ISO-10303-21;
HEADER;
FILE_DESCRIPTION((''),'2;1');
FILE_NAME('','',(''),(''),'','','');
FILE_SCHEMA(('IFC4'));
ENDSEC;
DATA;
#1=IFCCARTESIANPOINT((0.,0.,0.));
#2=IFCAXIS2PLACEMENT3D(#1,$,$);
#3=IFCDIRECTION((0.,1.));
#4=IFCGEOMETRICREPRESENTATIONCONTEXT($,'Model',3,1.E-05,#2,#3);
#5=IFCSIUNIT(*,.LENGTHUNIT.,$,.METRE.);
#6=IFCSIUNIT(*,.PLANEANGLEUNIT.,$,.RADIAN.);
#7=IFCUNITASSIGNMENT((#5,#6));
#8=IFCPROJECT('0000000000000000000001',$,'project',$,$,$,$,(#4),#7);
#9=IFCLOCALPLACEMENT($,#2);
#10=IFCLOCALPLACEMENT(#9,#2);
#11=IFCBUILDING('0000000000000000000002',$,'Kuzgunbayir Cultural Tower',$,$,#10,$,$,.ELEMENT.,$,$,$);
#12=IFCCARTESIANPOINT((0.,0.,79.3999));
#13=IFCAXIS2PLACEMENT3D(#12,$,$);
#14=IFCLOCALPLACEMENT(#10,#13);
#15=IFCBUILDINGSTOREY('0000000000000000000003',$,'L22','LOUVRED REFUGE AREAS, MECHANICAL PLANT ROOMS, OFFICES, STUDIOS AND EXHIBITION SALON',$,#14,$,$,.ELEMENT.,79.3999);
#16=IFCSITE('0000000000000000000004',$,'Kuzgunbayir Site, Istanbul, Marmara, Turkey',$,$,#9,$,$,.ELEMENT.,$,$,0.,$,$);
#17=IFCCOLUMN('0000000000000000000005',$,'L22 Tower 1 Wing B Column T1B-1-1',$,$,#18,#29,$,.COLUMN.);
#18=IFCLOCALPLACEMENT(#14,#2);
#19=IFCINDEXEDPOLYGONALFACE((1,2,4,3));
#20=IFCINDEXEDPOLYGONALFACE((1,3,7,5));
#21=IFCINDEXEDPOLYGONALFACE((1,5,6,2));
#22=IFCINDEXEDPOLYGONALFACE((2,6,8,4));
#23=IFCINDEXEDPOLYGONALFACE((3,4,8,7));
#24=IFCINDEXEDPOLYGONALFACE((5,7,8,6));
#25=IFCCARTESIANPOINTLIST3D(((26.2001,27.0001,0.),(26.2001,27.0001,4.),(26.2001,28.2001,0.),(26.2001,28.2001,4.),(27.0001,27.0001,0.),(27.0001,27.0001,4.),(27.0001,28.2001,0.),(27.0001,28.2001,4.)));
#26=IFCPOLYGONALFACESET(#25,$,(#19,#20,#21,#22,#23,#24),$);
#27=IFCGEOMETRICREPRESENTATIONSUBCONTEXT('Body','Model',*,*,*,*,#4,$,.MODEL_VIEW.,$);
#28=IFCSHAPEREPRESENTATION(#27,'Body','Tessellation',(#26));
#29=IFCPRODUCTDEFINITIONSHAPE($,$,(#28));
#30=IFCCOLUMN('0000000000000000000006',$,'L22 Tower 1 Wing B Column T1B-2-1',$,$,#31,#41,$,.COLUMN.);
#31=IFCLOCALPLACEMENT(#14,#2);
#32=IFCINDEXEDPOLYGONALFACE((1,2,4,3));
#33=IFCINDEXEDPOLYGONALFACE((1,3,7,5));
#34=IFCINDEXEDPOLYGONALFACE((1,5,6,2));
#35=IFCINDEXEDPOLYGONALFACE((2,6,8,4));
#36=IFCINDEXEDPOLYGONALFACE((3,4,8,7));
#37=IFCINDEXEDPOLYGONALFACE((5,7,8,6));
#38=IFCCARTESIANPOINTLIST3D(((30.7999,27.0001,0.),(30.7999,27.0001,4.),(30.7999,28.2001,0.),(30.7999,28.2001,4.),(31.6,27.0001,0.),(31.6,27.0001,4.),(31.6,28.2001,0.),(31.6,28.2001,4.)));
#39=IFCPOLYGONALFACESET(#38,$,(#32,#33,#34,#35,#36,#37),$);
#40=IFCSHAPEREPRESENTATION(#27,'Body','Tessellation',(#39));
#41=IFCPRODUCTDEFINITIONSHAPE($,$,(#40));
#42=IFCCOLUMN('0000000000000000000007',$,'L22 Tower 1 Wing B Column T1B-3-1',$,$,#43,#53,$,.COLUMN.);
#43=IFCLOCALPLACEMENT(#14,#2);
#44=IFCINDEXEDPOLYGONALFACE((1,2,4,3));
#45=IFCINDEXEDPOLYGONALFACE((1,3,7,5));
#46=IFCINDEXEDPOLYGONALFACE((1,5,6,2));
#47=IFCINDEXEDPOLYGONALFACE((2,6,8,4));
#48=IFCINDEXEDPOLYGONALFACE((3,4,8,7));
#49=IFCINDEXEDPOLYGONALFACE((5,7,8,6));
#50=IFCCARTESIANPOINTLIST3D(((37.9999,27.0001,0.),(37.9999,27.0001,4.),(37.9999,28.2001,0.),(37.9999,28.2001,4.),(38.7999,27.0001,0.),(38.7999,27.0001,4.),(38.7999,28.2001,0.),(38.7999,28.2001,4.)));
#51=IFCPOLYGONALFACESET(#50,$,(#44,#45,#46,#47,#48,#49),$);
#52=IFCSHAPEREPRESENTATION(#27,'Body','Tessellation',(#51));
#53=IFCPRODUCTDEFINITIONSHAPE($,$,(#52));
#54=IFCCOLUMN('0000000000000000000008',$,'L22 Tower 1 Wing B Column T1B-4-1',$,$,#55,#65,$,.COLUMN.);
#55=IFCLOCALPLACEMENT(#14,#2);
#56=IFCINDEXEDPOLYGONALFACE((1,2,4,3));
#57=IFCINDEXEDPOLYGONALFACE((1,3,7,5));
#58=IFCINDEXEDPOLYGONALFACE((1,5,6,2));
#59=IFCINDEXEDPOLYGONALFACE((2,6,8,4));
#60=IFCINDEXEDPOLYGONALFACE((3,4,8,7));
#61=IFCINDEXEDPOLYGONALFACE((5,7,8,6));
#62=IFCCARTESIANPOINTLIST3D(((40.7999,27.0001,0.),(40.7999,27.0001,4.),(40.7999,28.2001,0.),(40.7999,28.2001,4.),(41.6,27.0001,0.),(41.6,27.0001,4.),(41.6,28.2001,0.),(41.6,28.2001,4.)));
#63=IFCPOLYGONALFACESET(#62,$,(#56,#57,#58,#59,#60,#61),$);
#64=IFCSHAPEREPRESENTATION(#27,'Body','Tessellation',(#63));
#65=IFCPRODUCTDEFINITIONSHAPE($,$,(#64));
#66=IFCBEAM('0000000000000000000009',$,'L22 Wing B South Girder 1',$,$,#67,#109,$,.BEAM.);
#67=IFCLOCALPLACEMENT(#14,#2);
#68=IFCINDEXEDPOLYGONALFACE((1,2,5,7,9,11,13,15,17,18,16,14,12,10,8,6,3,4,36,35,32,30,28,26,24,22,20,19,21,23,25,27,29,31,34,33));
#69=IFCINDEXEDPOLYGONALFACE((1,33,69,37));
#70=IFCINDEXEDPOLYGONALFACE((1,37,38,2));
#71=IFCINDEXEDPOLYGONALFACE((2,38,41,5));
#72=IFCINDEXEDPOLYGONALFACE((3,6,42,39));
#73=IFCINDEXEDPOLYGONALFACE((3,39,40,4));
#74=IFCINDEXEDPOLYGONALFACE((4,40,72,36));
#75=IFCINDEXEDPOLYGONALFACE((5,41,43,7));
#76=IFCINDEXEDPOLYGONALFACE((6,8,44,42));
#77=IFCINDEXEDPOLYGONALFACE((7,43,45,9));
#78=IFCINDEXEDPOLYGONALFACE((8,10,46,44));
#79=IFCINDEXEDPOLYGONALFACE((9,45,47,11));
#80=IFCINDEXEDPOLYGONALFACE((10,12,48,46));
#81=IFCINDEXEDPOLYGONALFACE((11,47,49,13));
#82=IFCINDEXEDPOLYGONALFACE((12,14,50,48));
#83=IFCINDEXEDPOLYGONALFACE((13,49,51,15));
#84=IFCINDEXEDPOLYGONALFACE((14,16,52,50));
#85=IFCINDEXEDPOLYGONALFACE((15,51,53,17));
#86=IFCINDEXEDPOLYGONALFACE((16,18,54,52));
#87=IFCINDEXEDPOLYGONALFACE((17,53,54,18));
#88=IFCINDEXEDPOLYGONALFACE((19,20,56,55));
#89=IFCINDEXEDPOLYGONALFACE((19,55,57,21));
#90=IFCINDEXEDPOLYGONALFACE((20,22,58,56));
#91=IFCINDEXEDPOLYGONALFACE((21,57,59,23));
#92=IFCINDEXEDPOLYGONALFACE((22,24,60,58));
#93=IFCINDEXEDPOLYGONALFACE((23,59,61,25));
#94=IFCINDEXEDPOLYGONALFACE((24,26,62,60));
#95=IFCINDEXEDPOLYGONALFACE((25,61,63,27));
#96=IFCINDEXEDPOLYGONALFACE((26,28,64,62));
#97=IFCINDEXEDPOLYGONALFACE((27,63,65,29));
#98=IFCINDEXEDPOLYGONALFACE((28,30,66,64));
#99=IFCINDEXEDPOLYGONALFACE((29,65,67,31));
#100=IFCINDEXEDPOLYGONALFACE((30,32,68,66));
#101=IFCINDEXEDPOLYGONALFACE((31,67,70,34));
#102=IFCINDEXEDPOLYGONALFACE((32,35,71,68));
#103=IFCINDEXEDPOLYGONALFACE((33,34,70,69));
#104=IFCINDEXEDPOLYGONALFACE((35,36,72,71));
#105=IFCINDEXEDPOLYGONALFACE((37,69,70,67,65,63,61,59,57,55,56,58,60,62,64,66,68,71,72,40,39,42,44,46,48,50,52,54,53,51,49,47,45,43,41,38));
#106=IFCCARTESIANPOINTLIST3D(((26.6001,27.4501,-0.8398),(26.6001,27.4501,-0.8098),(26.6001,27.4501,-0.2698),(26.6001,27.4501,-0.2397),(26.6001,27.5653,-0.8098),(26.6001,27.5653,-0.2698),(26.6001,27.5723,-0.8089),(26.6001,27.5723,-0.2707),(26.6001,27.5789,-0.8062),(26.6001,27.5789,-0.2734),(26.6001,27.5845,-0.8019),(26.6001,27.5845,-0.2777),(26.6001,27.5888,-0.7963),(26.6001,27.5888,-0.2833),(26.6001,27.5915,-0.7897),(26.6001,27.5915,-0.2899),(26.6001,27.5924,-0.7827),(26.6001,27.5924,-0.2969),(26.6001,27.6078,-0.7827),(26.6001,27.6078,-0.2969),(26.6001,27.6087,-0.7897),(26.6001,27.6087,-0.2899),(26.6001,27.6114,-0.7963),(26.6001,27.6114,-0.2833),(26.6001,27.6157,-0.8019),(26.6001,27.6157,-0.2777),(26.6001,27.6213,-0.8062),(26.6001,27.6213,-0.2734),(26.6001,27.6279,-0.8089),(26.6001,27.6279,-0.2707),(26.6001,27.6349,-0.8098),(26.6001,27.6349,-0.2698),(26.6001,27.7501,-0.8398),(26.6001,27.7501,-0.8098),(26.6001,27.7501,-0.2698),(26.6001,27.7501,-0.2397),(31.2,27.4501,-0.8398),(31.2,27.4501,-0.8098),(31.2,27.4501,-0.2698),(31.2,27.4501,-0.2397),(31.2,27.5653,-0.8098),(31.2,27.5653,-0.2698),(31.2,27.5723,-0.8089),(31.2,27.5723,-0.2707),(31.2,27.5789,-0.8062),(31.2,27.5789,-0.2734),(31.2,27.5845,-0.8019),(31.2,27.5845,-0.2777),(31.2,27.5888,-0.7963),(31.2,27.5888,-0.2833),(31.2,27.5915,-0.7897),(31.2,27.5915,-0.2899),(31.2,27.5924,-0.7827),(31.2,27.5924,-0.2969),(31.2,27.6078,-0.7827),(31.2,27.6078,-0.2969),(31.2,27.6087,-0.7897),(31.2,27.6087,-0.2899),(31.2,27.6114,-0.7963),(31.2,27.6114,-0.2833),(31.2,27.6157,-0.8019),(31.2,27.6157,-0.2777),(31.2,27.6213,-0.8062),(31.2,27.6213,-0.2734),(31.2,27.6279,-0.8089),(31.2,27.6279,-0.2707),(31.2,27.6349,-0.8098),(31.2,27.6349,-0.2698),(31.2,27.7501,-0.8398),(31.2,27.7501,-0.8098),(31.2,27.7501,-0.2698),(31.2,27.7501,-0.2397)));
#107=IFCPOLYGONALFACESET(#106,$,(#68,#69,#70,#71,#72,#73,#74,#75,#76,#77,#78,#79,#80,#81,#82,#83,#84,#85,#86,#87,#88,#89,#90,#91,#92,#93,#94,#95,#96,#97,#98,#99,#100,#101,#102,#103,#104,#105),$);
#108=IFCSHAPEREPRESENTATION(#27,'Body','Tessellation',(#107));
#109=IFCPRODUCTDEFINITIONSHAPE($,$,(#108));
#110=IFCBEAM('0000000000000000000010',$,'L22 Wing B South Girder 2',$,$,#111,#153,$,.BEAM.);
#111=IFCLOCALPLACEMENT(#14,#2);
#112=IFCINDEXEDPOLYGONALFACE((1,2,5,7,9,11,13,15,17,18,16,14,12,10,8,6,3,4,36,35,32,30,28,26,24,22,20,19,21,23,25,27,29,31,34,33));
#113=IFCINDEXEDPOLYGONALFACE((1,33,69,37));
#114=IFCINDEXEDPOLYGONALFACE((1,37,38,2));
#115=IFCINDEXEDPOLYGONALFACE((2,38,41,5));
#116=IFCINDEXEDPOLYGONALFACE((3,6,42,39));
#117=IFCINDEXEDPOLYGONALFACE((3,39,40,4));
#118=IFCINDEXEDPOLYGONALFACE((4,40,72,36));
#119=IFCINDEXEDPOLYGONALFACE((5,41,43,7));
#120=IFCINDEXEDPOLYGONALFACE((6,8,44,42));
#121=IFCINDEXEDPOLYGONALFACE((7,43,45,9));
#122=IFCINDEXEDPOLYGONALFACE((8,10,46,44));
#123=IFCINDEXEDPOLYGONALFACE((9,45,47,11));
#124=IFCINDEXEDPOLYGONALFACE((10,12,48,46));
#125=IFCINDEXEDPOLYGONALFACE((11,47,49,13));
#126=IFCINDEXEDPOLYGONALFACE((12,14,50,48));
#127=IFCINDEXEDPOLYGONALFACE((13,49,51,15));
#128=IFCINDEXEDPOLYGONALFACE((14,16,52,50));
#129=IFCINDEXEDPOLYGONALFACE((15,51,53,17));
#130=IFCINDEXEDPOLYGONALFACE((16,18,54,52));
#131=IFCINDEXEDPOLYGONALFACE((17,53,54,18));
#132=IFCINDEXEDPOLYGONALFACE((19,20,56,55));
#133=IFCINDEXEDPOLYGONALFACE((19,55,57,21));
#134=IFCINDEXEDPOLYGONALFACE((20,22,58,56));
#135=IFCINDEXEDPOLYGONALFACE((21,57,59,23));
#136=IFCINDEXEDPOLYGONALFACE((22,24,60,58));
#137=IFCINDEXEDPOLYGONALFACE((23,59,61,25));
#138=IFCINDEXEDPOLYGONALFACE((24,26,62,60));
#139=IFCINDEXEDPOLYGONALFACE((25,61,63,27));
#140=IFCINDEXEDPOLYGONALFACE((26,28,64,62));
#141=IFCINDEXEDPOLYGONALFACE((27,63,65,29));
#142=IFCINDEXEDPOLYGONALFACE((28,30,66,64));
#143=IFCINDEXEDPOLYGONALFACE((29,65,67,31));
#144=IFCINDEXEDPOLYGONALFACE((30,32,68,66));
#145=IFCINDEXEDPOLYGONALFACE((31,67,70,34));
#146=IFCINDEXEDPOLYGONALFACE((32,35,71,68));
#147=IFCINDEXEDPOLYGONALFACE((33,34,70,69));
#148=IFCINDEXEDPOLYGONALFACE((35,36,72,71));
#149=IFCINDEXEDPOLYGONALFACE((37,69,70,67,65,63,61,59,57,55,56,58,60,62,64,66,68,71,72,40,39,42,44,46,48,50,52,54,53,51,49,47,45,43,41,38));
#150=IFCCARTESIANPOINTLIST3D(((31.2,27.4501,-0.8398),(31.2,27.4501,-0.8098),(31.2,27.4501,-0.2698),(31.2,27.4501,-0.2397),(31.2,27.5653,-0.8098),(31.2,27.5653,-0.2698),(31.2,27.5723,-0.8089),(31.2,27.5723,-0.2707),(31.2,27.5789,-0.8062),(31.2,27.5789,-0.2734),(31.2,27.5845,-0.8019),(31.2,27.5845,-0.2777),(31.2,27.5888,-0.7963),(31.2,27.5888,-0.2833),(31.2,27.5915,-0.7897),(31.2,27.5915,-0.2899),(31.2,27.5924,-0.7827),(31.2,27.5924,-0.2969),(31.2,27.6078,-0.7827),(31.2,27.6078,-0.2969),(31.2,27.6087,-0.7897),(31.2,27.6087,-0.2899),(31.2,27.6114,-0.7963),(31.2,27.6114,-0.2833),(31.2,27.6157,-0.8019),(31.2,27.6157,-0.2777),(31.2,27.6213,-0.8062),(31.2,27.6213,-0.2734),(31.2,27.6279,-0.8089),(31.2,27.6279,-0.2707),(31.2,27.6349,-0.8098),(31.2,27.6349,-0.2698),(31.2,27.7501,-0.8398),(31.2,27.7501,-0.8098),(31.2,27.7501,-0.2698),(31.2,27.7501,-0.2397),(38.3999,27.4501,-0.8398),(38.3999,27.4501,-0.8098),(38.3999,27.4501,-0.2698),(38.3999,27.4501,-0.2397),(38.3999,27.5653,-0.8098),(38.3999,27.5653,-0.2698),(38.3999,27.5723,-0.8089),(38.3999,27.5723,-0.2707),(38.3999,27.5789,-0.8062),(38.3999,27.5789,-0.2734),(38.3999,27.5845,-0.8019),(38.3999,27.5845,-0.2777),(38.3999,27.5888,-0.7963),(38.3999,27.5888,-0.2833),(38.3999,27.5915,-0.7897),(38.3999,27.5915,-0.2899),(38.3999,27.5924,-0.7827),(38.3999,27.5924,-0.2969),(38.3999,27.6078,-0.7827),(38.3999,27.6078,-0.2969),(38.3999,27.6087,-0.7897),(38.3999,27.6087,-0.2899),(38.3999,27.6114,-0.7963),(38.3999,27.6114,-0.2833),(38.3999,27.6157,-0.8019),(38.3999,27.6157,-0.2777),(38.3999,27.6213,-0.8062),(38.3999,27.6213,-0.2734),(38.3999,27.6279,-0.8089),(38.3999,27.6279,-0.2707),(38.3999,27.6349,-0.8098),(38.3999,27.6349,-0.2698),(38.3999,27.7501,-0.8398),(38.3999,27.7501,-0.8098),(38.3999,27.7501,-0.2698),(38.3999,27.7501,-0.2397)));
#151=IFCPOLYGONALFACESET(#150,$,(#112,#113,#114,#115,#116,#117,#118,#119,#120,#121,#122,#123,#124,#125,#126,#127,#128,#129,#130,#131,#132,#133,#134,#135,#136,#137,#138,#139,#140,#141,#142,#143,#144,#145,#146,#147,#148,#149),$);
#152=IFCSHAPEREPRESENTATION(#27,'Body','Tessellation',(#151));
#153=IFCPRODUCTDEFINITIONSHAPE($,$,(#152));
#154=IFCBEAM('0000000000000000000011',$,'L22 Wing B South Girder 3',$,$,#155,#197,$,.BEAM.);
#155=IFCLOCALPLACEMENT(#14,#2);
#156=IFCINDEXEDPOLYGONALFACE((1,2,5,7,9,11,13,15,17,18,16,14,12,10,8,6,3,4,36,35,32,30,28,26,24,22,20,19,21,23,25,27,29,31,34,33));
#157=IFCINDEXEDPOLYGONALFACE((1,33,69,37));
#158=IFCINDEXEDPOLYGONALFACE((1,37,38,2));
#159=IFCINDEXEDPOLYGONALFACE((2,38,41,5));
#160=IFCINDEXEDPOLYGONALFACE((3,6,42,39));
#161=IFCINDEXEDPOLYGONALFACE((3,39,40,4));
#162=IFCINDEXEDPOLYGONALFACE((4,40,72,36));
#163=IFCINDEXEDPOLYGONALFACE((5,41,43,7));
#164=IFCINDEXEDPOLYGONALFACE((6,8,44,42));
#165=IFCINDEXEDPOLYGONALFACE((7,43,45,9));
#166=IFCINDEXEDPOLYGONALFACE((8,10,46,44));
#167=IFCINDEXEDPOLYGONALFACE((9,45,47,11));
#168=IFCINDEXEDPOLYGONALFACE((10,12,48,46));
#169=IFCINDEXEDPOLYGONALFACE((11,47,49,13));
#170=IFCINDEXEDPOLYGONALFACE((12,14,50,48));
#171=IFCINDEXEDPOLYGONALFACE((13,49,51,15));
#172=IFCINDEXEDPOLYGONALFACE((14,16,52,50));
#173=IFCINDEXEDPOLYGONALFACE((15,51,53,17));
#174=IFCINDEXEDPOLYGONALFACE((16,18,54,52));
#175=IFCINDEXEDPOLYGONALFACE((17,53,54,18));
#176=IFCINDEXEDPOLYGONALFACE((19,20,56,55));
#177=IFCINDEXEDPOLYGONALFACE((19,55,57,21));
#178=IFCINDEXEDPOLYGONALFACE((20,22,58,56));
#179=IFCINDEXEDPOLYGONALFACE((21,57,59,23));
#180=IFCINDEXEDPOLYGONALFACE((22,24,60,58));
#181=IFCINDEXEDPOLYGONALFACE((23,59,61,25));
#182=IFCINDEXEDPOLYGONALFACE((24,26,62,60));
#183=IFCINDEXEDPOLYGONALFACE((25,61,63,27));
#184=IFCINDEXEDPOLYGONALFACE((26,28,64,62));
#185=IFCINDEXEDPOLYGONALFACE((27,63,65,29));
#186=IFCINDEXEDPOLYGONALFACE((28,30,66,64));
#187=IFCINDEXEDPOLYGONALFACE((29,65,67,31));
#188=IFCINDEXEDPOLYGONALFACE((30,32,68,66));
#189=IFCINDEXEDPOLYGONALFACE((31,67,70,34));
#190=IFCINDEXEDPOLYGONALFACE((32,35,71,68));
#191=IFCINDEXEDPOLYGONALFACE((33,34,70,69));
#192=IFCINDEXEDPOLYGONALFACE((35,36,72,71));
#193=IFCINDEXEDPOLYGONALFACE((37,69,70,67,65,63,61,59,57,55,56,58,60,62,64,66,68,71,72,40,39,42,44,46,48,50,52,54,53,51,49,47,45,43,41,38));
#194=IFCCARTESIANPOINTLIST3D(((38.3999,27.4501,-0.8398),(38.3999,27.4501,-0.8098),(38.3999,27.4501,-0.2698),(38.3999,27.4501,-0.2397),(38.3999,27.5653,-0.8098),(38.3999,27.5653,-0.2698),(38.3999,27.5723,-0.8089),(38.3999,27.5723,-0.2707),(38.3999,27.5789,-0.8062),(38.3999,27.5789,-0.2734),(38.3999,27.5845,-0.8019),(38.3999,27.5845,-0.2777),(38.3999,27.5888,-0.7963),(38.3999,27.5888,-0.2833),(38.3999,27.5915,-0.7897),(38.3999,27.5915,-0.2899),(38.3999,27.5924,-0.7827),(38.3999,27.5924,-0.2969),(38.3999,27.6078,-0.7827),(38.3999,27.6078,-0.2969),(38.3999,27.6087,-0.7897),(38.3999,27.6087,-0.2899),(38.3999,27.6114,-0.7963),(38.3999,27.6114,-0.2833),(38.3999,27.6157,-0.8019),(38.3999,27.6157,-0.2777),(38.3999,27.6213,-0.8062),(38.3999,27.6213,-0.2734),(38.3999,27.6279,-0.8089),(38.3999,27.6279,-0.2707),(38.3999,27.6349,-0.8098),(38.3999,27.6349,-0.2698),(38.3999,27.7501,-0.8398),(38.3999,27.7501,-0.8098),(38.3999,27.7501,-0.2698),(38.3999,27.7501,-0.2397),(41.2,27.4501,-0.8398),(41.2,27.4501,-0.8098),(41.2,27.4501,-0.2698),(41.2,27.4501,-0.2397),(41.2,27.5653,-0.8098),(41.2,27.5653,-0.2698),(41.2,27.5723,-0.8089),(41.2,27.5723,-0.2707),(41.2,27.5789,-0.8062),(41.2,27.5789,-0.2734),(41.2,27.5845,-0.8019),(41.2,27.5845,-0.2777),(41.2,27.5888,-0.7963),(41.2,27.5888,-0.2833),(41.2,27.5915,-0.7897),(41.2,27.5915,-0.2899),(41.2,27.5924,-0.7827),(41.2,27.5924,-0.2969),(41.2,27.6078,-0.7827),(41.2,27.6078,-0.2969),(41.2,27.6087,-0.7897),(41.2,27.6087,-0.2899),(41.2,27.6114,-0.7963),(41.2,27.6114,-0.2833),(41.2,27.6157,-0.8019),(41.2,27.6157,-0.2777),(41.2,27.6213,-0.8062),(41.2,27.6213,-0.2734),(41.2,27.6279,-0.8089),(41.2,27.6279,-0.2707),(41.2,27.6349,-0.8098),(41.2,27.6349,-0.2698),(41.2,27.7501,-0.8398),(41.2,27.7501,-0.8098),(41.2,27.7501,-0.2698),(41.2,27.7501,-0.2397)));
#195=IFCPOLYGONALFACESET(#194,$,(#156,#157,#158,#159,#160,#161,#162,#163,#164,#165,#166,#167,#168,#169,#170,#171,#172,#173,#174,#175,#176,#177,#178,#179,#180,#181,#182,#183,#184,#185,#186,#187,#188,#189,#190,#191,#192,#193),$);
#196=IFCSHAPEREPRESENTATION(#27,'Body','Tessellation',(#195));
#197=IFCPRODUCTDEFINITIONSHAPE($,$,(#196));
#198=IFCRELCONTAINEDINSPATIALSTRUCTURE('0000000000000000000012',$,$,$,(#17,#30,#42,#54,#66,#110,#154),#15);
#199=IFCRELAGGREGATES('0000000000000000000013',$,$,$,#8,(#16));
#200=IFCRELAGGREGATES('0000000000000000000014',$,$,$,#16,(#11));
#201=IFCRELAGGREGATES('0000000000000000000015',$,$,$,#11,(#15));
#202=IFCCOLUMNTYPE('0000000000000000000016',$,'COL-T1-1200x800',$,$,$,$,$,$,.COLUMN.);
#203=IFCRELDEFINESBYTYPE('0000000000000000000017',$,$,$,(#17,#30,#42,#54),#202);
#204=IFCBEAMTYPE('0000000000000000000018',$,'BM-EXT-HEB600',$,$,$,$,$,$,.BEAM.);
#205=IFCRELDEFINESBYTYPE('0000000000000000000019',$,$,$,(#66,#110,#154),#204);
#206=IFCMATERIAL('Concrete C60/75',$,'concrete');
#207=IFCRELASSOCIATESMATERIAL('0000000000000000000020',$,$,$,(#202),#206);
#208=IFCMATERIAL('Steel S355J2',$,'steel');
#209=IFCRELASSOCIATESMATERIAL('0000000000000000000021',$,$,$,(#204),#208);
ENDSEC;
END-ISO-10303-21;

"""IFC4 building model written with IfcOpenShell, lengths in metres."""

from ifc_helpers import new_model, si_unit, direction, frame, origin, origin_2d, place, context, subcontext, project, spatial, rectangle, i_section, extrude, material, material_profile, profile_set, type_object, element, save


model = new_model("IFC4")

# Units and contexts
model_context = context("Model", 3, precision=1e-05, world=origin(), true_north=direction((0.0, 1.0)))
body_context = subcontext(model_context, "Body", "Model", "MODEL_VIEW")
ifc_project = project(units=[si_unit("LENGTHUNIT", "METRE"), si_unit("PLANEANGLEUNIT", "RADIAN")], contexts=[model_context])

# Site, building, storey
site_placement = place(None, origin())
site = spatial("IfcSite", under=ifc_project, at=site_placement, Name="Kuzgunbayir Site, Istanbul, Marmara, Turkey", CompositionType="ELEMENT", RefElevation=0.0)
building_placement = place(site_placement, origin())
building = spatial("IfcBuilding", under=site, at=building_placement, Name="Kuzgunbayir Cultural Tower", CompositionType="ELEMENT")
storey_placement = place(building_placement, frame((0.0, 0.0, 79.3999)))
storey = spatial("IfcBuildingStorey", under=building, at=storey_placement, Name="L22", Description="LOUVRED REFUGE AREAS, MECHANICAL PLANT ROOMS, OFFICES, STUDIOS AND EXHIBITION SALON", CompositionType="ELEMENT", Elevation=79.3999)

# Columns
ifc_material_1 = material(Name="Concrete C60/75", Category="concrete")
ifc_material_profile_1 = material_profile(ifc_material_1, rectangle(XDim=0.8, YDim=1.2, at=origin_2d()), Name="RC 1200x800")
ifc_profile_set_1 = profile_set([ifc_material_profile_1], Name="Concrete C60/75")
column_type = type_object("IfcColumnType", Name="COL-T1-1200x800", PredefinedType="COLUMN", material=ifc_profile_set_1)
for number, where, z_axis, x_axis, name in (
    (1, (26.6001, 27.6001, 0.0), (0.0, 0.0, 1.0), (1.0, 0.0, 0.0), "L22 Tower 1 Wing B Column T1B-1-1"),
    (2, (31.2, 27.6001, 0.0), (0.0, 0.0, 1.0), (1.0, 0.0, 0.0), "L22 Tower 1 Wing B Column T1B-2-1"),
    (3, (38.3999, 27.6001, 0.0), (0.0, 0.0, 1.0), (1.0, 0.0, 0.0), "L22 Tower 1 Wing B Column T1B-3-1"),
    (4, (41.2, 27.6001, 0.0), (0.0, 0.0, 1.0), (1.0, 0.0, 0.0), "L22 Tower 1 Wing B Column T1B-4-1"),
):
    element("IfcColumn", number, at=place(storey_placement, frame(where, z_axis=z_axis, x_axis=x_axis)), inside=storey, type_object=column_type, Name=name, PredefinedType="COLUMN", context=body_context, shape_type="SweptSolid", body=[
        extrude(rectangle(XDim=0.8, YDim=1.2, at=origin_2d()), origin(), (0.0, 0.0, 1.0), 4.0),
    ])

# Beams
ifc_material_2 = material(Name="Steel S355J2", Category="steel")
ifc_material_profile_2 = material_profile(ifc_material_2, i_section(OverallWidth=0.3, OverallDepth=0.6001, WebThickness=0.0154, FlangeThickness=0.03, FilletRadius=0.0271, at=origin_2d()), Name="HEB 600")
ifc_profile_set_2 = profile_set([ifc_material_profile_2], Name="Steel S355J2")
beam_type_1 = type_object("IfcBeamType", Name="BM-EXT-HEB600", PredefinedType="BEAM", material=ifc_profile_set_2)
beam_1_placement = place(storey_placement, frame((26.6001, 27.6001, -0.5398), z_axis=(1.0, 0.0, 0.0), x_axis=(0.0, 1.0, 0.0)))
element("IfcBeam", 5, at=beam_1_placement, inside=storey, type_object=beam_type_1, Name="L22 Wing B South Girder 1", PredefinedType="BEAM", context=body_context, shape_type="SweptSolid", body=[
    extrude(i_section(OverallWidth=0.3, OverallDepth=0.6001, WebThickness=0.0154, FlangeThickness=0.03, FilletRadius=0.0271, at=origin_2d()), origin(), (0.0, 0.0, 1.0), 4.5999),
])
beam_2_placement = place(storey_placement, frame((31.2, 27.6001, -0.5398), z_axis=(1.0, 0.0, 0.0), x_axis=(0.0, 1.0, 0.0)))
element("IfcBeam", 6, at=beam_2_placement, inside=storey, type_object=beam_type_1, Name="L22 Wing B South Girder 2", PredefinedType="BEAM", context=body_context, shape_type="SweptSolid", body=[
    extrude(i_section(OverallWidth=0.3, OverallDepth=0.6001, WebThickness=0.0154, FlangeThickness=0.03, FilletRadius=0.0271, at=origin_2d()), origin(), (0.0, 0.0, 1.0), 7.2),
])
beam_3_placement = place(storey_placement, frame((38.3999, 27.6001, -0.5398), z_axis=(1.0, 0.0, 0.0), x_axis=(0.0, 1.0, 0.0)))
element("IfcBeam", 7, at=beam_3_placement, inside=storey, type_object=beam_type_1, Name="L22 Wing B South Girder 3", PredefinedType="BEAM", context=body_context, shape_type="SweptSolid", body=[
    extrude(i_section(OverallWidth=0.3, OverallDepth=0.6001, WebThickness=0.0154, FlangeThickness=0.03, FilletRadius=0.0271, at=origin_2d()), origin(), (0.0, 0.0, 1.0), 2.8),
])

save(model, "model.ifc")
